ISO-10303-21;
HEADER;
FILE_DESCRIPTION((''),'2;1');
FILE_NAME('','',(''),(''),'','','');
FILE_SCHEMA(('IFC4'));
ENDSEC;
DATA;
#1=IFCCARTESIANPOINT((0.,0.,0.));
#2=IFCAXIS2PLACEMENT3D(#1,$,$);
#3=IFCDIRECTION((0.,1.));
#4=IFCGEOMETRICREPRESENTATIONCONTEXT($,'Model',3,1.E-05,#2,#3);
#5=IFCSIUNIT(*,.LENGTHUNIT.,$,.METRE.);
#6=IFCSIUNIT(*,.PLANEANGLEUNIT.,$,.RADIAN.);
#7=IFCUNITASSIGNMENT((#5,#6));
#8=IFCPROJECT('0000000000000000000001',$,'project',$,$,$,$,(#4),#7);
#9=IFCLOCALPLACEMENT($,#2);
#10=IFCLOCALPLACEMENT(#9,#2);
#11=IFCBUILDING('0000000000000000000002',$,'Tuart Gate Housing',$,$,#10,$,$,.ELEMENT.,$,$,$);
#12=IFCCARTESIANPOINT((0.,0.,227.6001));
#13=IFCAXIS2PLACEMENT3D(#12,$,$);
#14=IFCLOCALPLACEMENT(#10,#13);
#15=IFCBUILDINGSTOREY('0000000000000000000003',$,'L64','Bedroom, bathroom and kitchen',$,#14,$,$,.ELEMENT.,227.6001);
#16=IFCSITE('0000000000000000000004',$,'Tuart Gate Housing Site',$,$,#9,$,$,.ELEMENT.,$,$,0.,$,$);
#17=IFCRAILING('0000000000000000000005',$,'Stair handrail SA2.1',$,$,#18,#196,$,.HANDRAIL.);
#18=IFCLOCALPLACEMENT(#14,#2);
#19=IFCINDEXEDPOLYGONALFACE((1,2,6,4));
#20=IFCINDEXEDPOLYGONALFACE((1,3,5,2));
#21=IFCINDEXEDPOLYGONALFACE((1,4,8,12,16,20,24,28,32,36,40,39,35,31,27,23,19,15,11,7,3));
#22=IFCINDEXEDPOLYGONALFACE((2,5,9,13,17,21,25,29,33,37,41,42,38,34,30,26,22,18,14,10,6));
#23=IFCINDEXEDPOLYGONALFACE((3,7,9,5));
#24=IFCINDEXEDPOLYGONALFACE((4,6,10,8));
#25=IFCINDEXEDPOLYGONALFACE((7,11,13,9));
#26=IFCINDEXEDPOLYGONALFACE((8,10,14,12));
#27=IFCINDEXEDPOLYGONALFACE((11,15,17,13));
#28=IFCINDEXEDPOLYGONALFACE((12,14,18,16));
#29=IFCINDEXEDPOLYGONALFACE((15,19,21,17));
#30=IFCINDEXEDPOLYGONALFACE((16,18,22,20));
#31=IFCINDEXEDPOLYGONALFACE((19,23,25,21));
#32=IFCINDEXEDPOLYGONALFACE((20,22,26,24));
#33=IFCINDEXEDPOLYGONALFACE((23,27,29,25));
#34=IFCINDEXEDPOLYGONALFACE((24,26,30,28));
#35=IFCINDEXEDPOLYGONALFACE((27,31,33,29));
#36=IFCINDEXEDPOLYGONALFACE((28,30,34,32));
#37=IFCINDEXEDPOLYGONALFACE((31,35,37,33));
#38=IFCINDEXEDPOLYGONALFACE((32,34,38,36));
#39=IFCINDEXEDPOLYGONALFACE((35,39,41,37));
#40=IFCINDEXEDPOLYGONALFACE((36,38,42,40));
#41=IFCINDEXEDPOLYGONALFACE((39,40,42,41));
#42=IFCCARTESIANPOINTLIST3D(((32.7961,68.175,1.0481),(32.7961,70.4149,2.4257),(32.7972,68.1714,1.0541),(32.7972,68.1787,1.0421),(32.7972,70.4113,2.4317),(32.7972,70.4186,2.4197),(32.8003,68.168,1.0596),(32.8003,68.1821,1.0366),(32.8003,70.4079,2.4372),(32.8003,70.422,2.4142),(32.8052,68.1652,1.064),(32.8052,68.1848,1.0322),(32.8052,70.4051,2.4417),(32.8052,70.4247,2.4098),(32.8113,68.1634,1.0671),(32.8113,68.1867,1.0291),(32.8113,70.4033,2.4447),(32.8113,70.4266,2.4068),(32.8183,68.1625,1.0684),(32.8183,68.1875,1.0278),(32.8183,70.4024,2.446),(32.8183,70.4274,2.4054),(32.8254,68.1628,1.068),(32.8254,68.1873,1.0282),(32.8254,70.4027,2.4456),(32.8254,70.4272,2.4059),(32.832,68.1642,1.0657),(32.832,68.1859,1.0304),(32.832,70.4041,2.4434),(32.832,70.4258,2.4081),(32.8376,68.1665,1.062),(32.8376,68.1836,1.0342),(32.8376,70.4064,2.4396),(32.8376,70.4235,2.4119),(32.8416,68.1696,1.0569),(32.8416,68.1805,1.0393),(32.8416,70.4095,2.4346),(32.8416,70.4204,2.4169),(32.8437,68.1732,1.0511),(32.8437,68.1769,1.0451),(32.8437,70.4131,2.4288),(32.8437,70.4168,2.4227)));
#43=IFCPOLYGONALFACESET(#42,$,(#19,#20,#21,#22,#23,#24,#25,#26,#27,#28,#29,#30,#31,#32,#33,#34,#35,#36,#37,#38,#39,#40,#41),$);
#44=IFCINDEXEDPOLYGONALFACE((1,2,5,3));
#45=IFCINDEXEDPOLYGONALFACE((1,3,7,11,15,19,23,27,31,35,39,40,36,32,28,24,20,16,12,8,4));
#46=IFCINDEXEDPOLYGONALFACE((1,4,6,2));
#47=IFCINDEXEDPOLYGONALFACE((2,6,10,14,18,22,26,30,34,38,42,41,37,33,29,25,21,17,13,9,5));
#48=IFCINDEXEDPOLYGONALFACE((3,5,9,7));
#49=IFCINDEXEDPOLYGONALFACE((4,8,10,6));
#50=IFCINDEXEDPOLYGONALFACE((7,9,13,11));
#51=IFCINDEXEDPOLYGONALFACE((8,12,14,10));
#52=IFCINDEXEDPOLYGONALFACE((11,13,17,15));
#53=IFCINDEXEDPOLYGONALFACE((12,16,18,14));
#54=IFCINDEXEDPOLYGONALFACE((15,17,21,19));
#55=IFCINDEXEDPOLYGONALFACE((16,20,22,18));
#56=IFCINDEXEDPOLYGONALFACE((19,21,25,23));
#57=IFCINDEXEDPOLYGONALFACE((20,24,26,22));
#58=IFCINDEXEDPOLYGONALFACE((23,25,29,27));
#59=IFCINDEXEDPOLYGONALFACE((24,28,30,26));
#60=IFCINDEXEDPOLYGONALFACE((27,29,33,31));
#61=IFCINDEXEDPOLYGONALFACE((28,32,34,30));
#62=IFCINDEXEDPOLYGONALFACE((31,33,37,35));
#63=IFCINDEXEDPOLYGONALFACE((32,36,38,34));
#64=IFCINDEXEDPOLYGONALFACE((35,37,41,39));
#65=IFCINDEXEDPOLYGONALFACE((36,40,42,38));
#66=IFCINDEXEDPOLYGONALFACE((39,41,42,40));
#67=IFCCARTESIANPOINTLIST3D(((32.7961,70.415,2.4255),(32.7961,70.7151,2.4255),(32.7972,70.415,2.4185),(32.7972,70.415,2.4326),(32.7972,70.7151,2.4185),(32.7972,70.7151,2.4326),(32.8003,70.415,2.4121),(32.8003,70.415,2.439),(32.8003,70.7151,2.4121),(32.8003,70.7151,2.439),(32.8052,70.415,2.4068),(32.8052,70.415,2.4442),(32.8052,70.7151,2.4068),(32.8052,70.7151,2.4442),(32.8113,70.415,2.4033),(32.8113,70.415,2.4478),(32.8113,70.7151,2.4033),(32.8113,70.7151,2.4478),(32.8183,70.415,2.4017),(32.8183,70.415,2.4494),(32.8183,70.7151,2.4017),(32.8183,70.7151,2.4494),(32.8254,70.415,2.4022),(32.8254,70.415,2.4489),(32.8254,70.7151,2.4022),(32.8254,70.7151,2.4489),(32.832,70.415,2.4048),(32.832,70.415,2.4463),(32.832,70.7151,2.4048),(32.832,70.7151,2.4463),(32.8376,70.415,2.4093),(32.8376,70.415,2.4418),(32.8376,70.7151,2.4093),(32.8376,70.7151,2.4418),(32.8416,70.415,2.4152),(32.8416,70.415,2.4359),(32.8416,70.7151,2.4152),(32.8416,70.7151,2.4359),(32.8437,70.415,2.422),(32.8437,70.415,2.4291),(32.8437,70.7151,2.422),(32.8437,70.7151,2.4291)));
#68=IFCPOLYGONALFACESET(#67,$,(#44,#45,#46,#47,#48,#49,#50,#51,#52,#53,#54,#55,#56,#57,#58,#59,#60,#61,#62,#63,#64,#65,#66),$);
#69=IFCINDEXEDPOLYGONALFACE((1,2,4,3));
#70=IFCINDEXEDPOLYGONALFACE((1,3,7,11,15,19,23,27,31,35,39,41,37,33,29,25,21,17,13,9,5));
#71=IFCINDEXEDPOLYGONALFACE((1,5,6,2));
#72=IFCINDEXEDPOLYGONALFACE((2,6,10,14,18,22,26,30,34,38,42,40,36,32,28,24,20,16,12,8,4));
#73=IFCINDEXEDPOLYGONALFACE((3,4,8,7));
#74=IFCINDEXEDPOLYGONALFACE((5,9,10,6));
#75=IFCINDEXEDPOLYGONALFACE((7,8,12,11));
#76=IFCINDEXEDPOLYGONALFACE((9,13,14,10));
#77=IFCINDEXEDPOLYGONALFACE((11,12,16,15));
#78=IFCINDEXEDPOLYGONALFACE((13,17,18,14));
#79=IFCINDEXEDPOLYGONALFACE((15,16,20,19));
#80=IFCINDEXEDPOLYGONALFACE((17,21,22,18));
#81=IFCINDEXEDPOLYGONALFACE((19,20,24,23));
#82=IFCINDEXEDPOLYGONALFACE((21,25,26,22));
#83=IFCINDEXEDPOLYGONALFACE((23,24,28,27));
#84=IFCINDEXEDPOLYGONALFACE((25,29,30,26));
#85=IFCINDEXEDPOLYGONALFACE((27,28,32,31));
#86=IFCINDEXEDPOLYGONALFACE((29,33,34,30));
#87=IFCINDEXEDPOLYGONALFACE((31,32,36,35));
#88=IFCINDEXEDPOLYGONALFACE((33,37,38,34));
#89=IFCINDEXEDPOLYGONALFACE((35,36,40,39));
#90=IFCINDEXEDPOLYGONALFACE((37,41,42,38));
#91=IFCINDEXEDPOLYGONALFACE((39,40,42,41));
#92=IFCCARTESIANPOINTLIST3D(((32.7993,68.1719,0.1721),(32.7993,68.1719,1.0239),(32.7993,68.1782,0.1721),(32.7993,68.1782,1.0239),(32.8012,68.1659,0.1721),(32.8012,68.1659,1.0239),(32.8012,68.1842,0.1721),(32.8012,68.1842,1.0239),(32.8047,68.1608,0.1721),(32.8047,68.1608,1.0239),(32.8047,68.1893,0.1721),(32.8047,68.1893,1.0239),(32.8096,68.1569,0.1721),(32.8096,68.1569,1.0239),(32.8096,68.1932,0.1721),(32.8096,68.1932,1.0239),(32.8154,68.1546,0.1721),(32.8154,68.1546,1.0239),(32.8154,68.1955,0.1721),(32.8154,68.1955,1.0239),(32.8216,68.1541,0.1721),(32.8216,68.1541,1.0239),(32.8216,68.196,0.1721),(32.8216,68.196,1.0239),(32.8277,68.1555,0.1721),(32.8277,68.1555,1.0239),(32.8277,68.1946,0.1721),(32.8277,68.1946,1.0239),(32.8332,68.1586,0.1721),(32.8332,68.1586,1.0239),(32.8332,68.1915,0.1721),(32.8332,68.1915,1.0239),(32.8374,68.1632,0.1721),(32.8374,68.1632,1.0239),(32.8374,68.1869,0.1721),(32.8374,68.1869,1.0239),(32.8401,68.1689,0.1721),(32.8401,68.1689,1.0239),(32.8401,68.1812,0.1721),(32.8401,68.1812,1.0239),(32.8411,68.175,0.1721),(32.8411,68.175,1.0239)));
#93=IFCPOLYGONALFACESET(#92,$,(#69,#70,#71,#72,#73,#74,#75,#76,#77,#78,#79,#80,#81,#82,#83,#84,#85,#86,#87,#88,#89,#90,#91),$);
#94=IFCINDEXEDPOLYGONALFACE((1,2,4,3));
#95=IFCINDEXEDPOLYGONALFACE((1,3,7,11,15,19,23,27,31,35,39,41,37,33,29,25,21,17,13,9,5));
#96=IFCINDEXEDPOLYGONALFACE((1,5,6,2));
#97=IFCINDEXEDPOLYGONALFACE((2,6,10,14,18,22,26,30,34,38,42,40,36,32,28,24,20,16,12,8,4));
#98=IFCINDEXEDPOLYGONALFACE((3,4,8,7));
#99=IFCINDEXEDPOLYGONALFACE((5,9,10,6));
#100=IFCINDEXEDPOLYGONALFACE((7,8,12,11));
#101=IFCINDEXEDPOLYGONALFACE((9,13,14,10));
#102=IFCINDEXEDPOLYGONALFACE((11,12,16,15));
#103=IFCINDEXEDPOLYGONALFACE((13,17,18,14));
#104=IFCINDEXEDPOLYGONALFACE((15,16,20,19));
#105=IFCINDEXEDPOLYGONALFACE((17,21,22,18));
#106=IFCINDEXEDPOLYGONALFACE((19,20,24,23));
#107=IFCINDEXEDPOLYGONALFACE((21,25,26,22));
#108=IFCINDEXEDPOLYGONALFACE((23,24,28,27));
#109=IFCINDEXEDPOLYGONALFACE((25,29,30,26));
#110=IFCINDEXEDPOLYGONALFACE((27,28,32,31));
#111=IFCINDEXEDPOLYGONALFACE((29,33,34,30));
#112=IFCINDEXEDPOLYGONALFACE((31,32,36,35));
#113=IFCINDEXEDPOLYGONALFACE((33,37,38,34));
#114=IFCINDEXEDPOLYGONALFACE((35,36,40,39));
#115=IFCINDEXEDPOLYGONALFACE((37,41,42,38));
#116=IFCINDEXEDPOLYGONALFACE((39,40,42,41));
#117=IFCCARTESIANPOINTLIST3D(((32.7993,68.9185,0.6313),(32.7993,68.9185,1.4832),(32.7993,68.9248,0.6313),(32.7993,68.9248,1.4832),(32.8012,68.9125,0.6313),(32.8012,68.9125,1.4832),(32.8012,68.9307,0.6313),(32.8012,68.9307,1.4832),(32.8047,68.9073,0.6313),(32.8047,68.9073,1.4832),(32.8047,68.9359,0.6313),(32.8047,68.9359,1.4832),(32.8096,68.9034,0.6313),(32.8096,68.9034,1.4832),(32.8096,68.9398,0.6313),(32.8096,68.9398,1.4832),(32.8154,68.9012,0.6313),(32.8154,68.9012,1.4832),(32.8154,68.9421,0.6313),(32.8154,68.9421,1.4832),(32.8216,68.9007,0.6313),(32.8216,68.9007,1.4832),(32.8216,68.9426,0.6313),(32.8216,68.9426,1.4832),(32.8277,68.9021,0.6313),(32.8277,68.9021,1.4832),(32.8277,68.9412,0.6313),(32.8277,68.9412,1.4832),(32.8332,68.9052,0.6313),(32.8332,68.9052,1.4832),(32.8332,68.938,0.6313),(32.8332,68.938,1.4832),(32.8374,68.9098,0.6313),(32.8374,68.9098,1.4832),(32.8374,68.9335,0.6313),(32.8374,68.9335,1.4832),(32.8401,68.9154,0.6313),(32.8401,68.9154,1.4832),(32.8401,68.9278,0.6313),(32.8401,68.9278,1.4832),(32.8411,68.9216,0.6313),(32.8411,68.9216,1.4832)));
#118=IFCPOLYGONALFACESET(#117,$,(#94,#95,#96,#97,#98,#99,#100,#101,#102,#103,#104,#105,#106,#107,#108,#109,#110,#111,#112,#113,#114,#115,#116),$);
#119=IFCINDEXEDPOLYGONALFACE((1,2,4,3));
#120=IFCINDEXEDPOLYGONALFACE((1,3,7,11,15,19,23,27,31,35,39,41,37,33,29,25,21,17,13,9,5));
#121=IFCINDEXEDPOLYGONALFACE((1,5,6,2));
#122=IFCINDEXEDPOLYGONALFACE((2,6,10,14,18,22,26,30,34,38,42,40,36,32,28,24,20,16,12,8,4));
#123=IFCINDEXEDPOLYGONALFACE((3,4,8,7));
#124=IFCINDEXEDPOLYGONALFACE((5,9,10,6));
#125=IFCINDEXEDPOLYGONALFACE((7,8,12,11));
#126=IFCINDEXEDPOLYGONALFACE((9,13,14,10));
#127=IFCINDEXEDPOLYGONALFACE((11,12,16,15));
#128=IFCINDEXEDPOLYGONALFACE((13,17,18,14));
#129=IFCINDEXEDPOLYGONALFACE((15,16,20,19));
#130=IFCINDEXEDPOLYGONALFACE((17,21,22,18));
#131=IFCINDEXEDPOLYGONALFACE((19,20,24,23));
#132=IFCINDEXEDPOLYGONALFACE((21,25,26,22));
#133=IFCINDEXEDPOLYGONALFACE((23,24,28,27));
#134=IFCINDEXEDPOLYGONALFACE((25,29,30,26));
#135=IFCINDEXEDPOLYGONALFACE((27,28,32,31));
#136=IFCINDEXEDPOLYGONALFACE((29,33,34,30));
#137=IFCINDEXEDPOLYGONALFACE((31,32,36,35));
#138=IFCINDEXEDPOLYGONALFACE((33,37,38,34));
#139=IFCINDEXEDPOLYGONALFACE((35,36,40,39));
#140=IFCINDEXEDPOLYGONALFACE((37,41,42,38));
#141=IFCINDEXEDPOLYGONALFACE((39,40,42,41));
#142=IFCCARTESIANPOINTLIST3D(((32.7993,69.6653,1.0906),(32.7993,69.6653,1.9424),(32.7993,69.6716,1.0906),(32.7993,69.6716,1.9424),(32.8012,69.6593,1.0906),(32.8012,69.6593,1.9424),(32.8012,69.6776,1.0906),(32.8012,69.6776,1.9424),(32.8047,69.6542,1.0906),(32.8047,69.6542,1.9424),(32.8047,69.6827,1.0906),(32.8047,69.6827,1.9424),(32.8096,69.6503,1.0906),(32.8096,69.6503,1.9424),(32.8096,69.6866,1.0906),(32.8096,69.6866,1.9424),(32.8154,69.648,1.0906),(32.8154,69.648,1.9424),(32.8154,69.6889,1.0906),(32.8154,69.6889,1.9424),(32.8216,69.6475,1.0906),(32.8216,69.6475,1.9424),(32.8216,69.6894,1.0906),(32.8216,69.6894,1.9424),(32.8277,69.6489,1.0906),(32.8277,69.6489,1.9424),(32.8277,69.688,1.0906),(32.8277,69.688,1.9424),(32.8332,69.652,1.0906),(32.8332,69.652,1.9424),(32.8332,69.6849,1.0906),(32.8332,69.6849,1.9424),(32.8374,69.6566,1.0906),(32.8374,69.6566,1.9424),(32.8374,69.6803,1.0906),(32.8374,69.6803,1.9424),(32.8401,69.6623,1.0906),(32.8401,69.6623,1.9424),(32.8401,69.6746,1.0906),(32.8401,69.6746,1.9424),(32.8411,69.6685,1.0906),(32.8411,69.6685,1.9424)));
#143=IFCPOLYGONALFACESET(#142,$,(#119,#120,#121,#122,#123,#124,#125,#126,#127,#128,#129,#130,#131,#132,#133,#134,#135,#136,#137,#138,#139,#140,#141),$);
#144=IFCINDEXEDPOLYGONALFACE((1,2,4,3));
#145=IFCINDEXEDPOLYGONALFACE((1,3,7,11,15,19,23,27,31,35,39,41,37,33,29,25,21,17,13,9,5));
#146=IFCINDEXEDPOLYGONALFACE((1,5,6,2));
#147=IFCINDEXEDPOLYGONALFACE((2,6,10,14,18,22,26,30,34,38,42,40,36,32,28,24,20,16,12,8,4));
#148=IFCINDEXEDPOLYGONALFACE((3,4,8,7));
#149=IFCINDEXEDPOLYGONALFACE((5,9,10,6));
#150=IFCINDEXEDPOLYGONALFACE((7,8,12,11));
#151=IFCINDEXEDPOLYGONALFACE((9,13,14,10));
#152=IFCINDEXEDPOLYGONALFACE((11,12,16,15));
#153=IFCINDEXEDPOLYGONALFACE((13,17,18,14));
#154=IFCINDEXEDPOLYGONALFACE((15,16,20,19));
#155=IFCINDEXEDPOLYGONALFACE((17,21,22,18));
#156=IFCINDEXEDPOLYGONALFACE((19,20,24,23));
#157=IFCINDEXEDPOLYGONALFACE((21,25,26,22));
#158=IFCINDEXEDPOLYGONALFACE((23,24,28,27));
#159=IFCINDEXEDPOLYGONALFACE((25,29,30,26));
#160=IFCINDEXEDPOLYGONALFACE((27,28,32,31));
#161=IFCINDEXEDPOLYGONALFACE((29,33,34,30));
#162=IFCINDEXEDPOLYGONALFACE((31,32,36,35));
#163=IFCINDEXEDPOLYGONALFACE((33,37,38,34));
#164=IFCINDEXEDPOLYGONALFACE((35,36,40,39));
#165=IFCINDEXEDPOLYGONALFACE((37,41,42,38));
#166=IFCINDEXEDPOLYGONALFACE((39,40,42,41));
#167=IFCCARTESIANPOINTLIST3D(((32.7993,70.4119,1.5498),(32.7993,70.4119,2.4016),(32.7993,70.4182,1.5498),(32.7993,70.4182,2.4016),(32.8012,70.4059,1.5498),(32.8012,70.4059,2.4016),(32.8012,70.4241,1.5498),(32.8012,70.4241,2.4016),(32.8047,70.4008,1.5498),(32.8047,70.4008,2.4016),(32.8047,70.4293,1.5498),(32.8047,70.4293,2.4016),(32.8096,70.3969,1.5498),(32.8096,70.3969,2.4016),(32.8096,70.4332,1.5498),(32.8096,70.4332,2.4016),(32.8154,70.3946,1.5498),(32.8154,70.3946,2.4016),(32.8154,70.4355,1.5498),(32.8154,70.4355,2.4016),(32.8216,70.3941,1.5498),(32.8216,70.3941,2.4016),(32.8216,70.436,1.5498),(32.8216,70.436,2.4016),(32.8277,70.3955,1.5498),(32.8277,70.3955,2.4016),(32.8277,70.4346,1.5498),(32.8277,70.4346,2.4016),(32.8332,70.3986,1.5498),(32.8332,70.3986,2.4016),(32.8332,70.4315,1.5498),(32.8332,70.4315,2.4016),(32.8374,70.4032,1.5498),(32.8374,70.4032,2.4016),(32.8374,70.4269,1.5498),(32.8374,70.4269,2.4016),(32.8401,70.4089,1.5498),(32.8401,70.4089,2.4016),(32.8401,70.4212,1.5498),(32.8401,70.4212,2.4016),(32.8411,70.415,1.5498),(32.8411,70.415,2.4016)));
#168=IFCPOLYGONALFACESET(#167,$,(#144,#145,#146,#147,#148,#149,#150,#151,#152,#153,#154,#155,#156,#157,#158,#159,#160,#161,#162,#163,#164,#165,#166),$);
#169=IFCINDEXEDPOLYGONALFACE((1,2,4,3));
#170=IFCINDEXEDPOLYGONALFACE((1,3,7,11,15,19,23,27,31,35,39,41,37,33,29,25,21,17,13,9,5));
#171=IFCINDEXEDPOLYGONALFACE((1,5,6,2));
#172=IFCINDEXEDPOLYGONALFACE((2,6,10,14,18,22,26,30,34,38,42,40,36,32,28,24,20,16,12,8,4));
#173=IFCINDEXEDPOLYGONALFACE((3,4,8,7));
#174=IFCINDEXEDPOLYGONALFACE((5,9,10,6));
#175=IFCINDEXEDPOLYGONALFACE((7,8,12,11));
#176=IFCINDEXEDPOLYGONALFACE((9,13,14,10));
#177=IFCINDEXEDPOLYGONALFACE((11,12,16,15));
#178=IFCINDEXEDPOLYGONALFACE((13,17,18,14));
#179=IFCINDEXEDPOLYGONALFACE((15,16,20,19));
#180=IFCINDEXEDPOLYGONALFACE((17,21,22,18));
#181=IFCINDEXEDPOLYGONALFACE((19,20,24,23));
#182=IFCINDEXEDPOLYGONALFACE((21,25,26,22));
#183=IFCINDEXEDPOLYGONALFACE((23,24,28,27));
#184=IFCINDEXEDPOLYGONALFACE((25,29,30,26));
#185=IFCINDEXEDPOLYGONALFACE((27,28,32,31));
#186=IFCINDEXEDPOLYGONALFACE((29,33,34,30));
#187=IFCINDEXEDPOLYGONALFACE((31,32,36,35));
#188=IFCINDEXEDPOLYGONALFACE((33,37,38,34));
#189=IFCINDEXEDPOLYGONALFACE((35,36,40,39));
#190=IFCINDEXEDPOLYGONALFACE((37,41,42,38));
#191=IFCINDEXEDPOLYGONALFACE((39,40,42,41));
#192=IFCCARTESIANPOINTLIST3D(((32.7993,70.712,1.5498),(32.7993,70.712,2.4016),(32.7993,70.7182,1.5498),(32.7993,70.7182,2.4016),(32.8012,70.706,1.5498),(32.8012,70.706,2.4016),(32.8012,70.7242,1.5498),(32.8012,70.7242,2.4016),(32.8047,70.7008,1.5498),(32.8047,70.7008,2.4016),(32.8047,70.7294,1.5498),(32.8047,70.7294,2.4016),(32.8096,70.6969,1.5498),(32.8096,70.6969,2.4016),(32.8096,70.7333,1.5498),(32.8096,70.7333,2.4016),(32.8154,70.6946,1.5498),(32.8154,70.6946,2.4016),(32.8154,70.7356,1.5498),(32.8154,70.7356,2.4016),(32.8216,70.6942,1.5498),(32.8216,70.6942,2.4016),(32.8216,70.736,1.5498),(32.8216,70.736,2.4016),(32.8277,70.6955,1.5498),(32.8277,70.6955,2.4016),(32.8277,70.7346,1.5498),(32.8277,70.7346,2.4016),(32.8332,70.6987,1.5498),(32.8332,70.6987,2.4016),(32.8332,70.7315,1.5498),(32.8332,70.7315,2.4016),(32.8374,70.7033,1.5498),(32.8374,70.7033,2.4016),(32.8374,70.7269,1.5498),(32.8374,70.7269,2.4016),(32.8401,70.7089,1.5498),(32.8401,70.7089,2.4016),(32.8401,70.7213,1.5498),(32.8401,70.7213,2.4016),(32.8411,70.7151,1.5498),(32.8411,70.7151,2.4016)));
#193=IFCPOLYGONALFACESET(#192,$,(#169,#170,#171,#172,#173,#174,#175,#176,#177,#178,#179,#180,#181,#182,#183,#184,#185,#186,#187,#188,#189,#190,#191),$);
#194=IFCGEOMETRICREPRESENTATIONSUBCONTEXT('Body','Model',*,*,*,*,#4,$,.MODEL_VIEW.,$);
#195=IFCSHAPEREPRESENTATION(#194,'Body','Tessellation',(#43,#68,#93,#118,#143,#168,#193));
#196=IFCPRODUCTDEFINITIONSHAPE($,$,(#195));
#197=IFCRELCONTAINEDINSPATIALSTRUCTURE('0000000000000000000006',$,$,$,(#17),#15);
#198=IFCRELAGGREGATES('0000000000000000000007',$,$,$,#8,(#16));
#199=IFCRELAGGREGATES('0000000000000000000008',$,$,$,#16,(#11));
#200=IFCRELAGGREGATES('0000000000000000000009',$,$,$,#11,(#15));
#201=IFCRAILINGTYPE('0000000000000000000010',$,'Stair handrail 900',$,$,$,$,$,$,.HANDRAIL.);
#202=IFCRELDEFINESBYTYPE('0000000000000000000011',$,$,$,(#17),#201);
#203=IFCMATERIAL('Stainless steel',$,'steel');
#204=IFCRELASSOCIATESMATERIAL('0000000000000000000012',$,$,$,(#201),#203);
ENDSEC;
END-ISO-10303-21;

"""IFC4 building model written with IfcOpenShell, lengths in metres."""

from ifc_helpers import new_model, si_unit, direction, frame, origin, origin_2d, place, context, subcontext, project, spatial, circle, extrude, material, type_object, element, save


model = new_model("IFC4")

# Units and contexts
model_context = context("Model", 3, precision=1e-05, world=origin(), true_north=direction((0.0, 1.0)))
body_context = subcontext(model_context, "Body", "Model", "MODEL_VIEW")
ifc_project = project(units=[si_unit("LENGTHUNIT", "METRE"), si_unit("PLANEANGLEUNIT", "RADIAN")], contexts=[model_context])

# Site, building, storey
site_placement = place(None, origin())
site = spatial("IfcSite", under=ifc_project, at=site_placement, Name="Tuart Gate Housing Site", CompositionType="ELEMENT", RefElevation=0.0)
building_placement = place(site_placement, origin())
building = spatial("IfcBuilding", under=site, at=building_placement, Name="Tuart Gate Housing", CompositionType="ELEMENT")
storey_placement = place(building_placement, frame((0.0, 0.0, 227.6001)))
storey = spatial("IfcBuildingStorey", under=building, at=storey_placement, Name="L64", Description="Bedroom, bathroom and kitchen", CompositionType="ELEMENT", Elevation=227.6001)

# Railing
ifc_material_1 = material(Name="Stainless steel", Category="steel")
railing_type = type_object("IfcRailingType", Name="Stair handrail 900", PredefinedType="HANDRAIL", material=ifc_material_1)
railing_placement = place(storey_placement, frame((32.8201, 68.175, 0.1721)))
element("IfcRailing", 1, at=railing_placement, inside=storey, type_object=railing_type, Name="Stair handrail SA2.1", PredefinedType="HANDRAIL", context=body_context, shape_type="SweptSolid", body=[
    extrude(circle(Radius=0.0239, at=origin_2d()), frame((0.0, 0.0, 0.876), z_axis=(0.0, 0.851789, 0.523885), x_axis=(-1.0, 0.0, 0.0)), (0.0, 0.0, 1.0), 2.6296),
    extrude(circle(Radius=0.0239, at=origin_2d()), frame((0.0, 2.24, 2.2534), z_axis=(0.0, 1.0, 0.0), x_axis=(-1.0, 0.0, 0.0)), (0.0, 0.0, 1.0), 0.3),
    extrude(circle(Radius=0.021, at=origin_2d()), origin(), (0.0, 0.0, 1.0), 0.8518),
    extrude(circle(Radius=0.021, at=origin_2d()), frame((0.0, 0.7466, 0.4592)), (0.0, 0.0, 1.0), 0.8518),
    extrude(circle(Radius=0.021, at=origin_2d()), frame((0.0, 1.4934, 0.9185)), (0.0, 0.0, 1.0), 0.8518),
    extrude(circle(Radius=0.021, at=origin_2d()), frame((0.0, 2.24, 1.3777)), (0.0, 0.0, 1.0), 0.8518),
    extrude(circle(Radius=0.021, at=origin_2d()), frame((0.0, 2.54, 1.3777)), (0.0, 0.0, 1.0), 0.8518),
])

save(model, "model.ifc")
